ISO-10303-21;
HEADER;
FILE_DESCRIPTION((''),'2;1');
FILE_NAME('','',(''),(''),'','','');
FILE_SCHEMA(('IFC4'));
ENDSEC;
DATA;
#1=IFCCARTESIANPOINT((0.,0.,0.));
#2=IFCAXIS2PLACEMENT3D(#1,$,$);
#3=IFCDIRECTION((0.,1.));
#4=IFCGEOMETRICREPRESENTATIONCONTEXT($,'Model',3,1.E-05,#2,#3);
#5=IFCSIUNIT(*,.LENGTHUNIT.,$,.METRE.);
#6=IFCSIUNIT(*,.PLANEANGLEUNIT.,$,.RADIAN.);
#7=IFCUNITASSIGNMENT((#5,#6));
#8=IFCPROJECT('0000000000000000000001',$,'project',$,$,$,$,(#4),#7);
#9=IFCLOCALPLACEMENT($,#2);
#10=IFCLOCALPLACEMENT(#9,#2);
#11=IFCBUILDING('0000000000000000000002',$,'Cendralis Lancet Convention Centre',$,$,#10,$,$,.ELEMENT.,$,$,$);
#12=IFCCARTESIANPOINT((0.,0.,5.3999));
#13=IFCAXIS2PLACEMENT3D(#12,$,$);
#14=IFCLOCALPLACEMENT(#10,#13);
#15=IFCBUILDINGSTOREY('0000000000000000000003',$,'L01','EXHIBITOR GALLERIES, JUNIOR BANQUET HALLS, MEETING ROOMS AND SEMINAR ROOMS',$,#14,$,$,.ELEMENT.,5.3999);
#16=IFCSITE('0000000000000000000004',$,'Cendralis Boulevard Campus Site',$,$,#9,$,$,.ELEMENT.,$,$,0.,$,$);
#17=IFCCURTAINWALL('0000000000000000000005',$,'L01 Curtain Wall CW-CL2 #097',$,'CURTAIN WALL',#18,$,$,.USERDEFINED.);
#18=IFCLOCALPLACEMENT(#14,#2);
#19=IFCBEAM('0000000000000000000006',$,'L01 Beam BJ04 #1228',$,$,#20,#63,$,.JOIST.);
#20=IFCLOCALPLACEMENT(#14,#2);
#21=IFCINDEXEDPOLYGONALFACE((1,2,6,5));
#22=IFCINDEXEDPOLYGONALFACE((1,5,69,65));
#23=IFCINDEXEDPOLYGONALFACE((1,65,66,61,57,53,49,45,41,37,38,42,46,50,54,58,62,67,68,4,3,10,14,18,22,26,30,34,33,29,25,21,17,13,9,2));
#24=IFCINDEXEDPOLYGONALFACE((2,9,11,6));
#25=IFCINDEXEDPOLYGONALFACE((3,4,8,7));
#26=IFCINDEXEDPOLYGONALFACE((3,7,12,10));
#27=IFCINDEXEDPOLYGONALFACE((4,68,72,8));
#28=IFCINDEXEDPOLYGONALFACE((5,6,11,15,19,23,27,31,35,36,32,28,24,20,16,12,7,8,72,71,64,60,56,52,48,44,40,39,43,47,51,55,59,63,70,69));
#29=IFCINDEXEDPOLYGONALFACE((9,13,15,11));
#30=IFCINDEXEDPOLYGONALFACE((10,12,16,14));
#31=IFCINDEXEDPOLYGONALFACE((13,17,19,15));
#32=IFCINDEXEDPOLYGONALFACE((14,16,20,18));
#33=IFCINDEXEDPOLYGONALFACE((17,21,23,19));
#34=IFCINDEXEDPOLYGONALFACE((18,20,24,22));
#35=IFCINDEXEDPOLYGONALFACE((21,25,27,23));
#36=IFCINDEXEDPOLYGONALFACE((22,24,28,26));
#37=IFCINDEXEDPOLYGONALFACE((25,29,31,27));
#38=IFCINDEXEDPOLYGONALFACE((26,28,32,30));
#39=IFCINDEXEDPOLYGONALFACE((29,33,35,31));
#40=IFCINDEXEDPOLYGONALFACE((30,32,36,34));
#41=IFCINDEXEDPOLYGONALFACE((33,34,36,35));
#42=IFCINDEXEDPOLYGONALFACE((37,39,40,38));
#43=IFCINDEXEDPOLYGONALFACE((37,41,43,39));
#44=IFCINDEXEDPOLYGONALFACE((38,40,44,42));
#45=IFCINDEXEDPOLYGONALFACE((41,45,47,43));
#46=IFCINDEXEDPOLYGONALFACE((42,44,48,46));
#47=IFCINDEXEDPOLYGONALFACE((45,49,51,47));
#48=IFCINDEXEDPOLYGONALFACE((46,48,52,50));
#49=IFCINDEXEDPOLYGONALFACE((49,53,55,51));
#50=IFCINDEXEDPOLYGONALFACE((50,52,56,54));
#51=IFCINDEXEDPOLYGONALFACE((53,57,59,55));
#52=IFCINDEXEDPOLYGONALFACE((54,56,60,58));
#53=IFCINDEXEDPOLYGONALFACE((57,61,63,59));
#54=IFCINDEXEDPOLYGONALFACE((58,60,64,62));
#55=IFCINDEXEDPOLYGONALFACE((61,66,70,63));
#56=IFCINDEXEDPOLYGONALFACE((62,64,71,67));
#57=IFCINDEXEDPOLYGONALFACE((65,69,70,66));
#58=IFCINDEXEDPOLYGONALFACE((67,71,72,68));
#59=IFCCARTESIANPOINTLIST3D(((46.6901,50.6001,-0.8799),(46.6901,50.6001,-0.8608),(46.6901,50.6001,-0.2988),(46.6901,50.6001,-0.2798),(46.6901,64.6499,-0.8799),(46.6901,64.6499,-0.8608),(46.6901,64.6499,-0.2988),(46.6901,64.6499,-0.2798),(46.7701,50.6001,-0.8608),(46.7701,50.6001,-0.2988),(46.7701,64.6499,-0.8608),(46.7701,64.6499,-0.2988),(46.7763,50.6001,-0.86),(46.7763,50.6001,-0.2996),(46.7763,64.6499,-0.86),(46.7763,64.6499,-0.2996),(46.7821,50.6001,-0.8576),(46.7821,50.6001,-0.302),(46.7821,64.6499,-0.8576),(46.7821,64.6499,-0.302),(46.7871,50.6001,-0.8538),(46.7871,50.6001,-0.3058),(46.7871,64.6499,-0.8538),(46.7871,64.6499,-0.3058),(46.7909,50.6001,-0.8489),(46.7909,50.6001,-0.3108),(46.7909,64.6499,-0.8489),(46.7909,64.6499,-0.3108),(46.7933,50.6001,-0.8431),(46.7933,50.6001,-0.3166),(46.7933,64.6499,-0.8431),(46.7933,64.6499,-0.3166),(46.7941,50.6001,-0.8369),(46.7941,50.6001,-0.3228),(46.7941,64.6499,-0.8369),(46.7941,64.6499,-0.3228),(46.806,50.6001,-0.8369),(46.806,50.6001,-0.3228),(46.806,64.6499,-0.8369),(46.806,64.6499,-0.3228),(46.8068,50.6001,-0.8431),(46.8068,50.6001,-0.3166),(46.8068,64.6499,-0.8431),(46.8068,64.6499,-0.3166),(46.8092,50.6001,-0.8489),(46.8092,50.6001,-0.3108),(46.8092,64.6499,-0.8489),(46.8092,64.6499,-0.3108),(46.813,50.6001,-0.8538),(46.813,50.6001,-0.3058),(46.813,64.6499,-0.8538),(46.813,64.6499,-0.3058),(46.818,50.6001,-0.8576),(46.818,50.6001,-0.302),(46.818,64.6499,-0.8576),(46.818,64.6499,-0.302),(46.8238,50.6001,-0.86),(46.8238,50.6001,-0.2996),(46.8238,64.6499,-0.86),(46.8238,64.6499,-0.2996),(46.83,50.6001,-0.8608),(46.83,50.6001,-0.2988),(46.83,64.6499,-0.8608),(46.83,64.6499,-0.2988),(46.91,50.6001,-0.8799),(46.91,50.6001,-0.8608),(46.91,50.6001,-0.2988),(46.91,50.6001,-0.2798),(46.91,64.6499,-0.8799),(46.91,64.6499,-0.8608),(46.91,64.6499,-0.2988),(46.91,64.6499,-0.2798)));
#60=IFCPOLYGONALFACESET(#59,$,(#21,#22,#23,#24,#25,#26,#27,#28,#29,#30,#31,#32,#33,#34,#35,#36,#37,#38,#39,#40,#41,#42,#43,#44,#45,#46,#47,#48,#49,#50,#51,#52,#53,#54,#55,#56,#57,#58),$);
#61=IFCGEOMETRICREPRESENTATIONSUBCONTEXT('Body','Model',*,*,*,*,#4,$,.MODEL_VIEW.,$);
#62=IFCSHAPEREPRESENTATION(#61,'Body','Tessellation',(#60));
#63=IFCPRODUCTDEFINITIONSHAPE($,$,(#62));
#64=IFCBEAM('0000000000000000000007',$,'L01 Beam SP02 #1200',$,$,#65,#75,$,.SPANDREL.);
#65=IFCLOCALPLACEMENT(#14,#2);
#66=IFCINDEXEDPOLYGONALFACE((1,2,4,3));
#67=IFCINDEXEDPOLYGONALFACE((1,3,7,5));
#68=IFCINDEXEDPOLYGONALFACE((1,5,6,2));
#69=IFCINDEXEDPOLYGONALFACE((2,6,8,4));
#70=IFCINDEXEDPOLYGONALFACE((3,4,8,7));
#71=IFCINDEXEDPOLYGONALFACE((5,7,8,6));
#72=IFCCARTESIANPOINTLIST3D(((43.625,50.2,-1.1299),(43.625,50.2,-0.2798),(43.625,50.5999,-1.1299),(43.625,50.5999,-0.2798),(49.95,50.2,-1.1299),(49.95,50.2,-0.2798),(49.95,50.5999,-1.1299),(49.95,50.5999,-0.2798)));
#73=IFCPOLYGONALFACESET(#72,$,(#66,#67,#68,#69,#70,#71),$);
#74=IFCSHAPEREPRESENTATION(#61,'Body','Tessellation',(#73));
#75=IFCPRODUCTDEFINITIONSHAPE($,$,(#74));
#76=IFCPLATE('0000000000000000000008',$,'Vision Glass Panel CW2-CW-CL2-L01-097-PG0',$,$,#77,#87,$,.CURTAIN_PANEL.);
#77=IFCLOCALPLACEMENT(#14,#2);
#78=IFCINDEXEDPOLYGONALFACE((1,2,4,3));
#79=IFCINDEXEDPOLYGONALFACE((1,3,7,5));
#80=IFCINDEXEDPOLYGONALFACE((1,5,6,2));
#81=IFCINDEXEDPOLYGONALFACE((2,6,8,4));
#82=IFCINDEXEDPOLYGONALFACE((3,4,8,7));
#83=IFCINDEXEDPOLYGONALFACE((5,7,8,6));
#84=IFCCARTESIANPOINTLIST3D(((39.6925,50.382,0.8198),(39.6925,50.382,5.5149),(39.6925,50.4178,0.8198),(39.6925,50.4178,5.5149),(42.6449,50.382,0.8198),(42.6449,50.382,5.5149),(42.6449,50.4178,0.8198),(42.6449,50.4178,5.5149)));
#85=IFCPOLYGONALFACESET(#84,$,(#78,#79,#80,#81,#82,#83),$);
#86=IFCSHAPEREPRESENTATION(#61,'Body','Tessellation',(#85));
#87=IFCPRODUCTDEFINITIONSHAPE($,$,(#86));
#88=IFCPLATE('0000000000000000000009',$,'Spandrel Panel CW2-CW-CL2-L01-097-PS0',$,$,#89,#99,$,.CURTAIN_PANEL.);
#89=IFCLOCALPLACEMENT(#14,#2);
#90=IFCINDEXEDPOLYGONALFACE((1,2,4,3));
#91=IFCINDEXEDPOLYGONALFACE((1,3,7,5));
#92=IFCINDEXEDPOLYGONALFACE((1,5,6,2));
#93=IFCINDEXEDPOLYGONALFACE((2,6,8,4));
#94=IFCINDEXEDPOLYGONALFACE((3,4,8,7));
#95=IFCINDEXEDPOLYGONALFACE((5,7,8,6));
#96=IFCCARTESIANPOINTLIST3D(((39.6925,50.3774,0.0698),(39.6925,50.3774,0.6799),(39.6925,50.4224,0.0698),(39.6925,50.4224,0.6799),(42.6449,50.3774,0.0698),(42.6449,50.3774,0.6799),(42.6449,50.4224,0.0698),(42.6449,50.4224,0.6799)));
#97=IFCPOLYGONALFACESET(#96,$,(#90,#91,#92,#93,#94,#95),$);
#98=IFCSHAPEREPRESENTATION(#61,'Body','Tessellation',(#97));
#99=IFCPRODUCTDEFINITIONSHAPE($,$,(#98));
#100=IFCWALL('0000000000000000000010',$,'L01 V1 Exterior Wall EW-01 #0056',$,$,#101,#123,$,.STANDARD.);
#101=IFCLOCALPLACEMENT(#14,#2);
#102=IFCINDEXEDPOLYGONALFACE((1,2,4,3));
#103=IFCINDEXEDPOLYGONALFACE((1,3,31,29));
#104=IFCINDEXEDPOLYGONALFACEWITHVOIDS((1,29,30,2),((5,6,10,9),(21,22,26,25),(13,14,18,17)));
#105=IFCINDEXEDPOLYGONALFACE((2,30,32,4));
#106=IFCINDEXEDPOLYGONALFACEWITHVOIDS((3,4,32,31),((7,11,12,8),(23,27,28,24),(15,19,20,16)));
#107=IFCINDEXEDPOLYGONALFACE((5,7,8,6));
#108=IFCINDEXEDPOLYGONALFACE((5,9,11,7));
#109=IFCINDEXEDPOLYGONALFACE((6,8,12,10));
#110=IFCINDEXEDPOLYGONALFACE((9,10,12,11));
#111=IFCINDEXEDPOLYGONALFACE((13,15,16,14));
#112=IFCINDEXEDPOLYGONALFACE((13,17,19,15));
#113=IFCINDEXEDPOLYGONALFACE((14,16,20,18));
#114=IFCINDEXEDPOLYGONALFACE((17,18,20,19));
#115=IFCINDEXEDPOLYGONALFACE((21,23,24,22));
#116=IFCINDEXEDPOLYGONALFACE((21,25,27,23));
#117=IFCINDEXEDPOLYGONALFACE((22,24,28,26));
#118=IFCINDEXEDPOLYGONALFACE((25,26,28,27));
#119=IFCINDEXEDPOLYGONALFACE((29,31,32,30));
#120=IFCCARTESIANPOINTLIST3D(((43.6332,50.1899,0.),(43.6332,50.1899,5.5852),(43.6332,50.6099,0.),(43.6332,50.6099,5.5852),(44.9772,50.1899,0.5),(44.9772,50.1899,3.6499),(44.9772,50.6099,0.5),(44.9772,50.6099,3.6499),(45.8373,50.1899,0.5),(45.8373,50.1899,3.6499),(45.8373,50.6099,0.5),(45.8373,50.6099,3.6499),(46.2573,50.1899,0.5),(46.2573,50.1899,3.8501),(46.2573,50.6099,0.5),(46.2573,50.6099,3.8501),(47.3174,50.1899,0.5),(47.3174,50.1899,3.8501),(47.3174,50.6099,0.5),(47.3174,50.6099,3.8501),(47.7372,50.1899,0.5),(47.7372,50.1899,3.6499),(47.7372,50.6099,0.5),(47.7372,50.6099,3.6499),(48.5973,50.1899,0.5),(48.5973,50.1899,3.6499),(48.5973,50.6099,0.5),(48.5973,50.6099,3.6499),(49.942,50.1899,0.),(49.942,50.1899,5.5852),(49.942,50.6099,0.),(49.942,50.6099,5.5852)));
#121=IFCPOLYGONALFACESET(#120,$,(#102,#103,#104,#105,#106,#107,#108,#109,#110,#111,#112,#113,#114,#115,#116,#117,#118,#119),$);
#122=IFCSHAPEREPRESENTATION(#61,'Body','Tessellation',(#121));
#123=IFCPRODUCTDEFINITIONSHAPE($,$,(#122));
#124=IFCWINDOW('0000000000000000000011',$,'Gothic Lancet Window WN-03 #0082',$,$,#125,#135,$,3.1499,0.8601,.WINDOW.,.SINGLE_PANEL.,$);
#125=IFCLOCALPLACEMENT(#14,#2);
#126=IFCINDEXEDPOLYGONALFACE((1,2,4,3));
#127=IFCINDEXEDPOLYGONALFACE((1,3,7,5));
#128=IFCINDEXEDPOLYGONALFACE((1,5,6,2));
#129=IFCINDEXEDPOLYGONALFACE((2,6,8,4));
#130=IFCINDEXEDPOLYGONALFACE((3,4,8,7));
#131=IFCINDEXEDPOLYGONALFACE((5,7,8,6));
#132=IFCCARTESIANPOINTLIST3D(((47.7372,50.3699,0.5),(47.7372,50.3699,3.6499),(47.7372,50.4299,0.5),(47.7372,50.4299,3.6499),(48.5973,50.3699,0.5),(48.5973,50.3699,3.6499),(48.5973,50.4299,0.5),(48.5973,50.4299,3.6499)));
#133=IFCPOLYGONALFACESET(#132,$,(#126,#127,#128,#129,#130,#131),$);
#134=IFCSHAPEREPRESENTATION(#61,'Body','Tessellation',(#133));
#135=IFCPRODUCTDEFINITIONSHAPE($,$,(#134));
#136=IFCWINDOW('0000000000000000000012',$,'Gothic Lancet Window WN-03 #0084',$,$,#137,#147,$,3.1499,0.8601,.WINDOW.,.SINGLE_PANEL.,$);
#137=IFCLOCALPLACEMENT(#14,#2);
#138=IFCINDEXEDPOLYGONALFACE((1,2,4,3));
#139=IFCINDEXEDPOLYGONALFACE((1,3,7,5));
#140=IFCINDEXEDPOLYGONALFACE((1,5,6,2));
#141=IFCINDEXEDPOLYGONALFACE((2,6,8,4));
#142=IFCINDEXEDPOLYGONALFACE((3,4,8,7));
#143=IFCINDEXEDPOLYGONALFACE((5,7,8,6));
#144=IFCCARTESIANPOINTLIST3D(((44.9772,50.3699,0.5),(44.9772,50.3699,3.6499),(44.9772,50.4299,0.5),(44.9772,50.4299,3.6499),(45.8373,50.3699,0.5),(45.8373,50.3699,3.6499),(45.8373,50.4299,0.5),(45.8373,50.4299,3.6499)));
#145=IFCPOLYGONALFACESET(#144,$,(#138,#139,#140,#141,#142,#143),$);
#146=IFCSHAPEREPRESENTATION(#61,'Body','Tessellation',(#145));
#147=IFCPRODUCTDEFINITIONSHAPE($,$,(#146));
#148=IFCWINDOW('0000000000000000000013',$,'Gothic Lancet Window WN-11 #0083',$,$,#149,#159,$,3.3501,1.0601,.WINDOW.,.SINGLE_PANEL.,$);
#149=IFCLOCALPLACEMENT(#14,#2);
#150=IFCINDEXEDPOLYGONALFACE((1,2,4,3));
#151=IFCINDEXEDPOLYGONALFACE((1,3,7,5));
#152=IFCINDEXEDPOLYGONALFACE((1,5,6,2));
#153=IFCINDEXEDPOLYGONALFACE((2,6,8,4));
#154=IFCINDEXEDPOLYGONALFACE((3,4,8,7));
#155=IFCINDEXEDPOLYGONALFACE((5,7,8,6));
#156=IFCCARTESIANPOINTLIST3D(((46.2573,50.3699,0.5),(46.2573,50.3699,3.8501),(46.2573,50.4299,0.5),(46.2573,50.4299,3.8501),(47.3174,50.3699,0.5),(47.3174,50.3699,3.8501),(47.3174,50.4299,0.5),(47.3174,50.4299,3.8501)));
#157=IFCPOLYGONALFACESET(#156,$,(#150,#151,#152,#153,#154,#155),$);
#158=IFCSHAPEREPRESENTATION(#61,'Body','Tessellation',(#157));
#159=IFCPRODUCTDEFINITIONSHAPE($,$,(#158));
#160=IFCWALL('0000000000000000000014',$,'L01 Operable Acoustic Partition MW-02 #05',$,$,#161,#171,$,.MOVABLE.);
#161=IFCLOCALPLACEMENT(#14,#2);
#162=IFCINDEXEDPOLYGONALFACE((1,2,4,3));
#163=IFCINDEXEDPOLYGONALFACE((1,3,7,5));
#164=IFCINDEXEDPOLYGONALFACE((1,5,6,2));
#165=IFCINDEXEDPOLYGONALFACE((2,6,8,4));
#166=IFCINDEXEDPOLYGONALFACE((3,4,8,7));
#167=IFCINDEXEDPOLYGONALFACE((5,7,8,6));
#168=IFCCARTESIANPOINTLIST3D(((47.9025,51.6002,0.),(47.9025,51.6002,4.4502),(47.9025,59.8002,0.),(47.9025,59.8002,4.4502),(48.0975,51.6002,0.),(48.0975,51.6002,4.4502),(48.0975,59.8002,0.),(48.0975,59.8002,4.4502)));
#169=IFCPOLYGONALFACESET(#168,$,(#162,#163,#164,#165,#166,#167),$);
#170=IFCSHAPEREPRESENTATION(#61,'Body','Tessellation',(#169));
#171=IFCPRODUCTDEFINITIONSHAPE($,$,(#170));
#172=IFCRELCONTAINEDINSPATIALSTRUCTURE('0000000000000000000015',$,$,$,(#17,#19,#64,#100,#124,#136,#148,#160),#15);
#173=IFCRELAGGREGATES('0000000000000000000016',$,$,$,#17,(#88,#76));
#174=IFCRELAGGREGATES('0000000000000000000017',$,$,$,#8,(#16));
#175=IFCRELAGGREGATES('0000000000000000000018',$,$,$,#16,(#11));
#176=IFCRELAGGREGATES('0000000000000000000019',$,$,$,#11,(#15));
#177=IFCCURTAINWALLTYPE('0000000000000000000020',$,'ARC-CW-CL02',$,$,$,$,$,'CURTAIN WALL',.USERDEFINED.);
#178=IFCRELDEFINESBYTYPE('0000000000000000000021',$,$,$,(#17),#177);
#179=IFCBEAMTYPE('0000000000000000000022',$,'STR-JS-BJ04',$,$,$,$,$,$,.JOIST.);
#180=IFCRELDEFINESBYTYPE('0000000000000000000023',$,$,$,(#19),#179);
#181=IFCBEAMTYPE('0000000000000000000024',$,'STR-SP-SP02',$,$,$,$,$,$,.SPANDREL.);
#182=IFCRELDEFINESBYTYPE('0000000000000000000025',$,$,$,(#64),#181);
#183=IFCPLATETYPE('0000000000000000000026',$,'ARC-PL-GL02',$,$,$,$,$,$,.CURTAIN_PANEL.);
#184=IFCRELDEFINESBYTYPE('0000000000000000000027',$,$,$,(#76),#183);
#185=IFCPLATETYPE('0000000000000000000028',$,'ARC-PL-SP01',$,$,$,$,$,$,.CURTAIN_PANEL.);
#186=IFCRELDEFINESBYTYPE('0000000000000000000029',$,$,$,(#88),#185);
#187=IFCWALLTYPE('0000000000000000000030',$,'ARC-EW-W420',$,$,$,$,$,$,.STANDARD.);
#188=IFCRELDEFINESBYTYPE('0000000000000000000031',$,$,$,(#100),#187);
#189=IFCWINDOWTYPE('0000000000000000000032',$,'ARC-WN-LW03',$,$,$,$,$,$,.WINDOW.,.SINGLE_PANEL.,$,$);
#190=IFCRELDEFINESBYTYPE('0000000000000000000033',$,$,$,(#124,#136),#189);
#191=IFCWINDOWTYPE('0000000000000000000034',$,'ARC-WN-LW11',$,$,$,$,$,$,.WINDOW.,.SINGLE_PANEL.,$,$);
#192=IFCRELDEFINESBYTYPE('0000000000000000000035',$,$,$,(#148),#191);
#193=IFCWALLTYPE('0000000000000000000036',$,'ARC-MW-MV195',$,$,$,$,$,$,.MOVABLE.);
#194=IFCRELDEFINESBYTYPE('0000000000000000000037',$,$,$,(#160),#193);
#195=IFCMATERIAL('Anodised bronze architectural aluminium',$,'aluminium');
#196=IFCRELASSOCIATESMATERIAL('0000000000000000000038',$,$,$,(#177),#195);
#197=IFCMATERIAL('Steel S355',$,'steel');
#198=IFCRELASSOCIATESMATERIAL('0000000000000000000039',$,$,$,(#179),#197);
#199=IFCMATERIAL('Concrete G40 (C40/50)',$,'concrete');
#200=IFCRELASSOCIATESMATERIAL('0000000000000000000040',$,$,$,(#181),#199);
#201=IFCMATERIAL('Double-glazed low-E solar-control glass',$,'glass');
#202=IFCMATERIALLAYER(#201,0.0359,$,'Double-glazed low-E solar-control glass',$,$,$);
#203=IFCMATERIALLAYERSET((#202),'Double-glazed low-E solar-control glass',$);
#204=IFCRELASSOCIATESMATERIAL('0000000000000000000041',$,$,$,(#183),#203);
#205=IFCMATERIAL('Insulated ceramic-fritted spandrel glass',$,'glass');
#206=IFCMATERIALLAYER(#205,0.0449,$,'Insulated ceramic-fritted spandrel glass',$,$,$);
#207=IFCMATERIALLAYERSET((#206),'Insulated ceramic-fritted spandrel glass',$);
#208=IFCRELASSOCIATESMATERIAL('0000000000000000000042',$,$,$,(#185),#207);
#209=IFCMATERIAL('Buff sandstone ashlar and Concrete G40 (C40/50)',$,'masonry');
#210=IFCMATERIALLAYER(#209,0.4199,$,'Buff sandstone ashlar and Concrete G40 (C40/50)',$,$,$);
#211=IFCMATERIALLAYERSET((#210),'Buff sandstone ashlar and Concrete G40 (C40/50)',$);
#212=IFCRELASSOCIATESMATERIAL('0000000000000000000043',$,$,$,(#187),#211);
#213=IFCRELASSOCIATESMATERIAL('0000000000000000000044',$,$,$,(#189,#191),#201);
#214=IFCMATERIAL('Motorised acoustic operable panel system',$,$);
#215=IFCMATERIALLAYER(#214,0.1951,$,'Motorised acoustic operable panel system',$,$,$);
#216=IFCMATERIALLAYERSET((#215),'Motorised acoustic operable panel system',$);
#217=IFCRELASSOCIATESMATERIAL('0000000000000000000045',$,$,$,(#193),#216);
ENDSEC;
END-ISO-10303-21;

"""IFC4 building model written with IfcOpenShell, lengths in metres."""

from ifc_helpers import new_model, si_unit, direction, frame, frame_2d, origin, origin_2d, place, context, subcontext, project, spatial, rectangle, i_section, extrude, material, layer, layer_set, material_profile, profile_set, type_object, element, fill, aggregate, save


model = new_model("IFC4")

# Units and contexts
model_context = context("Model", 3, precision=1e-05, world=origin(), true_north=direction((0.0, 1.0)))
body_context = subcontext(model_context, "Body", "Model", "MODEL_VIEW")
ifc_project = project(units=[si_unit("LENGTHUNIT", "METRE"), si_unit("PLANEANGLEUNIT", "RADIAN")], contexts=[model_context])

# Site, building, storey
site_placement = place(None, origin())
site = spatial("IfcSite", under=ifc_project, at=site_placement, Name="Cendralis Boulevard Campus Site", CompositionType="ELEMENT", RefElevation=0.0)
building_placement = place(site_placement, origin())
building = spatial("IfcBuilding", under=site, at=building_placement, Name="Cendralis Lancet Convention Centre", CompositionType="ELEMENT")
storey_placement = place(building_placement, frame((0.0, 0.0, 5.3999)))
storey = spatial("IfcBuildingStorey", under=building, at=storey_placement, Name="L01", Description="EXHIBITOR GALLERIES, JUNIOR BANQUET HALLS, MEETING ROOMS AND SEMINAR ROOMS", CompositionType="ELEMENT", Elevation=5.3999)

# Shared definitions
ifc_material_1 = material(Name="Concrete G40 (C40/50)", Category="concrete")

# Curtain wall
ifc_material_2 = material(Name="Anodised bronze architectural aluminium", Category="aluminium")
curtain_wall_type = type_object("IfcCurtainWallType", Name="ARC-CW-CL02", ElementType="CURTAIN WALL", PredefinedType="USERDEFINED", material=ifc_material_2)
curtain_wall_placement = place(storey_placement, origin())
curtain_wall = element("IfcCurtainWall", 1, at=curtain_wall_placement, inside=storey, type_object=curtain_wall_type, Name="L01 Curtain Wall CW-CL2 #097", ObjectType="CURTAIN WALL", PredefinedType="USERDEFINED")

# Beams
ifc_material_3 = material(Name="Steel S355", Category="steel")
ifc_material_profile_1 = material_profile(ifc_material_3, i_section(OverallWidth=0.22, OverallDepth=0.6001, WebThickness=0.012, FlangeThickness=0.019, FilletRadius=0.0239, at=origin_2d()), Name="IPE 600")
ifc_profile_set_1 = profile_set([ifc_material_profile_1], Name="Steel S355")
beam_type_1 = type_object("IfcBeamType", Name="STR-JS-BJ04", PredefinedType="JOIST", material=ifc_profile_set_1)
for number, where, z_axis, x_axis, name in (
    (2, (46.8, 50.6001, -0.5798), (0.0, 1.0, 0.0), (-1.0, 0.0, 0.0), "L01 Beam BJ04 #1228"),
):
    element("IfcBeam", number, at=place(storey_placement, frame(where, z_axis=z_axis, x_axis=x_axis)), inside=storey, type_object=beam_type_1, Name=name, PredefinedType="JOIST", context=body_context, shape_type="SweptSolid", body=[
        extrude(i_section(OverallWidth=0.22, OverallDepth=0.6001, WebThickness=0.012, FlangeThickness=0.019, FilletRadius=0.0239, at=origin_2d()), origin(), (0.0, 0.0, 1.0), 14.0498),
    ])
ifc_material_profile_2 = material_profile(ifc_material_1, rectangle(XDim=0.3999, YDim=0.8501, at=origin_2d()), Name="RCB 400x850")
ifc_profile_set_2 = profile_set([ifc_material_profile_2], Name="Concrete G40 (C40/50)")
beam_type_2 = type_object("IfcBeamType", Name="STR-SP-SP02", PredefinedType="SPANDREL", material=ifc_profile_set_2)
beam_1_placement = place(storey_placement, frame((43.625, 50.3999, -0.7048), z_axis=(1.0, 0.0, 0.0), x_axis=(0.0, 1.0, 0.0)))
element("IfcBeam", 3, at=beam_1_placement, inside=storey, type_object=beam_type_2, Name="L01 Beam SP02 #1200", PredefinedType="SPANDREL", context=body_context, shape_type="SweptSolid", body=[
    extrude(rectangle(XDim=0.3999, YDim=0.8501, at=origin_2d()), origin(), (0.0, 0.0, 1.0), 6.325),
])

# Plates
ifc_material_4 = material(Name="Double-glazed low-E solar-control glass", Category="glass")
ifc_layer_1 = layer(ifc_material_4, 0.0359, Name="Double-glazed low-E solar-control glass")
ifc_layer_set_1 = layer_set([ifc_layer_1], Name="Double-glazed low-E solar-control glass")
plate_type_1 = type_object("IfcPlateType", Name="ARC-PL-GL02", PredefinedType="CURTAIN_PANEL", material=ifc_layer_set_1)
plate_1_placement = place(storey_placement, frame((41.1687, 50.3999, 0.8198), z_axis=(0.0, 0.0, 1.0), x_axis=(-1.0, 0.0, 0.0)))
plate_1 = element("IfcPlate", 4, at=plate_1_placement, type_object=plate_type_1, Name="Vision Glass Panel CW2-CW-CL2-L01-097-PG0", PredefinedType="CURTAIN_PANEL", context=body_context, shape_type="SweptSolid", body=[
    extrude(rectangle(XDim=2.9524, YDim=0.0359, at=origin_2d()), origin(), (0.0, 0.0, 1.0), 4.6951),
])
ifc_material_5 = material(Name="Insulated ceramic-fritted spandrel glass", Category="glass")
ifc_layer_2 = layer(ifc_material_5, 0.0449, Name="Insulated ceramic-fritted spandrel glass")
ifc_layer_set_2 = layer_set([ifc_layer_2], Name="Insulated ceramic-fritted spandrel glass")
plate_type_2 = type_object("IfcPlateType", Name="ARC-PL-SP01", PredefinedType="CURTAIN_PANEL", material=ifc_layer_set_2)
plate_2_placement = place(storey_placement, frame((41.1687, 50.3999, 0.0698), z_axis=(0.0, 0.0, 1.0), x_axis=(-1.0, 0.0, 0.0)))
plate_2 = element("IfcPlate", 5, at=plate_2_placement, type_object=plate_type_2, Name="Spandrel Panel CW2-CW-CL2-L01-097-PS0", PredefinedType="CURTAIN_PANEL", context=body_context, shape_type="SweptSolid", body=[
    extrude(rectangle(XDim=2.9524, YDim=0.0449, at=origin_2d()), origin(), (0.0, 0.0, 1.0), 0.6101),
])
aggregate(curtain_wall, [plate_2, plate_1])

# Wall, openings, windows
ifc_material_6 = material(Name="Buff sandstone ashlar and Concrete G40 (C40/50)", Category="masonry")
ifc_layer_3 = layer(ifc_material_6, 0.4199, Name="Buff sandstone ashlar and Concrete G40 (C40/50)")
ifc_layer_set_3 = layer_set([ifc_layer_3], Name="Buff sandstone ashlar and Concrete G40 (C40/50)")
wall_type_1 = type_object("IfcWallType", Name="ARC-EW-W420", PredefinedType="STANDARD", material=ifc_layer_set_3)
wall_1_placement = place(storey_placement, frame((49.9419, 50.3999, 0.0), z_axis=(0.0, 0.0, 1.0), x_axis=(-1.0, 0.0, 0.0)))
wall_1 = element("IfcWall", 6, at=wall_1_placement, inside=storey, type_object=wall_type_1, Name="L01 V1 Exterior Wall EW-01 #0056", PredefinedType="STANDARD", context=body_context, shape_type="SweptSolid", body=[
    extrude(rectangle(XDim=6.3088, YDim=0.4199, at=frame_2d((3.1543, 0.0))), origin(), (0.0, 0.0, 1.0), 5.5852),
])
opening_1_placement = place(wall_1_placement, frame((1.3445, 0.0, 0.5)))
opening_1 = element("IfcOpeningElement", 7, at=opening_1_placement, cuts=wall_1, PredefinedType="OPENING", context=body_context, shape_type="SweptSolid", body=[
    extrude(rectangle(XDim=0.8601, YDim=3.1499, at=frame_2d((0.4302, 1.575))), frame((0.0, 0.22, 0.0), z_axis=(0.0, -1.0, 0.0), x_axis=(1.0, 0.0, 0.0)), (0.0, 0.0, 1.0), 0.4399),
])
opening_2_placement = place(wall_1_placement, frame((2.6245, 0.0, 0.5)))
opening_2 = element("IfcOpeningElement", 8, at=opening_2_placement, cuts=wall_1, PredefinedType="OPENING", context=body_context, shape_type="SweptSolid", body=[
    extrude(rectangle(XDim=1.0601, YDim=3.3501, at=frame_2d((0.53, 1.675))), frame((0.0, 0.22, 0.0), z_axis=(0.0, -1.0, 0.0), x_axis=(1.0, 0.0, 0.0)), (0.0, 0.0, 1.0), 0.4399),
])
opening_3_placement = place(wall_1_placement, frame((4.1045, 0.0, 0.5)))
opening_3 = element("IfcOpeningElement", 9, at=opening_3_placement, cuts=wall_1, PredefinedType="OPENING", context=body_context, shape_type="SweptSolid", body=[
    extrude(rectangle(XDim=0.8601, YDim=3.1499, at=frame_2d((0.4302, 1.575))), frame((0.0, 0.22, 0.0), z_axis=(0.0, -1.0, 0.0), x_axis=(1.0, 0.0, 0.0)), (0.0, 0.0, 1.0), 0.4399),
])
window_type_1 = type_object("IfcWindowType", Name="ARC-WN-LW03", PartitioningType="SINGLE_PANEL", PredefinedType="WINDOW", material=ifc_material_4)
window_1_placement = place(opening_1_placement, origin())
window_1 = element("IfcWindow", 10, at=window_1_placement, inside=storey, type_object=window_type_1, Name="Gothic Lancet Window WN-03 #0082", OverallHeight=3.1499, OverallWidth=0.8601, PartitioningType="SINGLE_PANEL", PredefinedType="WINDOW", context=body_context, shape_type="SweptSolid", body=[
    extrude(rectangle(XDim=0.8601, YDim=3.1499, at=frame_2d((0.4302, 1.575))), frame((0.0, 0.03, 0.0), z_axis=(0.0, -1.0, 0.0), x_axis=(1.0, 0.0, 0.0)), (0.0, 0.0, 1.0), 0.0601),
])
fill(opening_1, window_1)
window_2_placement = place(opening_3_placement, origin())
window_2 = element("IfcWindow", 11, at=window_2_placement, inside=storey, type_object=window_type_1, Name="Gothic Lancet Window WN-03 #0084", OverallHeight=3.1499, OverallWidth=0.8601, PartitioningType="SINGLE_PANEL", PredefinedType="WINDOW", context=body_context, shape_type="SweptSolid", body=[
    extrude(rectangle(XDim=0.8601, YDim=3.1499, at=frame_2d((0.4302, 1.575))), frame((0.0, 0.03, 0.0), z_axis=(0.0, -1.0, 0.0), x_axis=(1.0, 0.0, 0.0)), (0.0, 0.0, 1.0), 0.0601),
])
fill(opening_3, window_2)
window_type_2 = type_object("IfcWindowType", Name="ARC-WN-LW11", PartitioningType="SINGLE_PANEL", PredefinedType="WINDOW", material=ifc_material_4)
window_3_placement = place(opening_2_placement, origin())
window_3 = element("IfcWindow", 12, at=window_3_placement, inside=storey, type_object=window_type_2, Name="Gothic Lancet Window WN-11 #0083", OverallHeight=3.3501, OverallWidth=1.0601, PartitioningType="SINGLE_PANEL", PredefinedType="WINDOW", context=body_context, shape_type="SweptSolid", body=[
    extrude(rectangle(XDim=1.0601, YDim=3.3501, at=frame_2d((0.53, 1.675))), frame((0.0, 0.03, 0.0), z_axis=(0.0, -1.0, 0.0), x_axis=(1.0, 0.0, 0.0)), (0.0, 0.0, 1.0), 0.0601),
])
fill(opening_2, window_3)

# Wall
ifc_material_7 = material(Name="Motorised acoustic operable panel system")
ifc_layer_4 = layer(ifc_material_7, 0.1951, Name="Motorised acoustic operable panel system")
ifc_layer_set_4 = layer_set([ifc_layer_4], Name="Motorised acoustic operable panel system")
wall_type_2 = type_object("IfcWallType", Name="ARC-MW-MV195", PredefinedType="MOVABLE", material=ifc_layer_set_4)
wall_2_placement = place(storey_placement, frame((48.0, 51.6001, 0.0), z_axis=(0.0, 0.0, 1.0), x_axis=(0.0, 1.0, 0.0)))
element("IfcWall", 13, at=wall_2_placement, inside=storey, type_object=wall_type_2, Name="L01 Operable Acoustic Partition MW-02 #05", PredefinedType="MOVABLE", context=body_context, shape_type="SweptSolid", body=[
    extrude(rectangle(XDim=8.2, YDim=0.1951, at=frame_2d((4.1001, 0.0))), origin(), (0.0, 0.0, 1.0), 4.4502),
])

save(model, "model.ifc")
